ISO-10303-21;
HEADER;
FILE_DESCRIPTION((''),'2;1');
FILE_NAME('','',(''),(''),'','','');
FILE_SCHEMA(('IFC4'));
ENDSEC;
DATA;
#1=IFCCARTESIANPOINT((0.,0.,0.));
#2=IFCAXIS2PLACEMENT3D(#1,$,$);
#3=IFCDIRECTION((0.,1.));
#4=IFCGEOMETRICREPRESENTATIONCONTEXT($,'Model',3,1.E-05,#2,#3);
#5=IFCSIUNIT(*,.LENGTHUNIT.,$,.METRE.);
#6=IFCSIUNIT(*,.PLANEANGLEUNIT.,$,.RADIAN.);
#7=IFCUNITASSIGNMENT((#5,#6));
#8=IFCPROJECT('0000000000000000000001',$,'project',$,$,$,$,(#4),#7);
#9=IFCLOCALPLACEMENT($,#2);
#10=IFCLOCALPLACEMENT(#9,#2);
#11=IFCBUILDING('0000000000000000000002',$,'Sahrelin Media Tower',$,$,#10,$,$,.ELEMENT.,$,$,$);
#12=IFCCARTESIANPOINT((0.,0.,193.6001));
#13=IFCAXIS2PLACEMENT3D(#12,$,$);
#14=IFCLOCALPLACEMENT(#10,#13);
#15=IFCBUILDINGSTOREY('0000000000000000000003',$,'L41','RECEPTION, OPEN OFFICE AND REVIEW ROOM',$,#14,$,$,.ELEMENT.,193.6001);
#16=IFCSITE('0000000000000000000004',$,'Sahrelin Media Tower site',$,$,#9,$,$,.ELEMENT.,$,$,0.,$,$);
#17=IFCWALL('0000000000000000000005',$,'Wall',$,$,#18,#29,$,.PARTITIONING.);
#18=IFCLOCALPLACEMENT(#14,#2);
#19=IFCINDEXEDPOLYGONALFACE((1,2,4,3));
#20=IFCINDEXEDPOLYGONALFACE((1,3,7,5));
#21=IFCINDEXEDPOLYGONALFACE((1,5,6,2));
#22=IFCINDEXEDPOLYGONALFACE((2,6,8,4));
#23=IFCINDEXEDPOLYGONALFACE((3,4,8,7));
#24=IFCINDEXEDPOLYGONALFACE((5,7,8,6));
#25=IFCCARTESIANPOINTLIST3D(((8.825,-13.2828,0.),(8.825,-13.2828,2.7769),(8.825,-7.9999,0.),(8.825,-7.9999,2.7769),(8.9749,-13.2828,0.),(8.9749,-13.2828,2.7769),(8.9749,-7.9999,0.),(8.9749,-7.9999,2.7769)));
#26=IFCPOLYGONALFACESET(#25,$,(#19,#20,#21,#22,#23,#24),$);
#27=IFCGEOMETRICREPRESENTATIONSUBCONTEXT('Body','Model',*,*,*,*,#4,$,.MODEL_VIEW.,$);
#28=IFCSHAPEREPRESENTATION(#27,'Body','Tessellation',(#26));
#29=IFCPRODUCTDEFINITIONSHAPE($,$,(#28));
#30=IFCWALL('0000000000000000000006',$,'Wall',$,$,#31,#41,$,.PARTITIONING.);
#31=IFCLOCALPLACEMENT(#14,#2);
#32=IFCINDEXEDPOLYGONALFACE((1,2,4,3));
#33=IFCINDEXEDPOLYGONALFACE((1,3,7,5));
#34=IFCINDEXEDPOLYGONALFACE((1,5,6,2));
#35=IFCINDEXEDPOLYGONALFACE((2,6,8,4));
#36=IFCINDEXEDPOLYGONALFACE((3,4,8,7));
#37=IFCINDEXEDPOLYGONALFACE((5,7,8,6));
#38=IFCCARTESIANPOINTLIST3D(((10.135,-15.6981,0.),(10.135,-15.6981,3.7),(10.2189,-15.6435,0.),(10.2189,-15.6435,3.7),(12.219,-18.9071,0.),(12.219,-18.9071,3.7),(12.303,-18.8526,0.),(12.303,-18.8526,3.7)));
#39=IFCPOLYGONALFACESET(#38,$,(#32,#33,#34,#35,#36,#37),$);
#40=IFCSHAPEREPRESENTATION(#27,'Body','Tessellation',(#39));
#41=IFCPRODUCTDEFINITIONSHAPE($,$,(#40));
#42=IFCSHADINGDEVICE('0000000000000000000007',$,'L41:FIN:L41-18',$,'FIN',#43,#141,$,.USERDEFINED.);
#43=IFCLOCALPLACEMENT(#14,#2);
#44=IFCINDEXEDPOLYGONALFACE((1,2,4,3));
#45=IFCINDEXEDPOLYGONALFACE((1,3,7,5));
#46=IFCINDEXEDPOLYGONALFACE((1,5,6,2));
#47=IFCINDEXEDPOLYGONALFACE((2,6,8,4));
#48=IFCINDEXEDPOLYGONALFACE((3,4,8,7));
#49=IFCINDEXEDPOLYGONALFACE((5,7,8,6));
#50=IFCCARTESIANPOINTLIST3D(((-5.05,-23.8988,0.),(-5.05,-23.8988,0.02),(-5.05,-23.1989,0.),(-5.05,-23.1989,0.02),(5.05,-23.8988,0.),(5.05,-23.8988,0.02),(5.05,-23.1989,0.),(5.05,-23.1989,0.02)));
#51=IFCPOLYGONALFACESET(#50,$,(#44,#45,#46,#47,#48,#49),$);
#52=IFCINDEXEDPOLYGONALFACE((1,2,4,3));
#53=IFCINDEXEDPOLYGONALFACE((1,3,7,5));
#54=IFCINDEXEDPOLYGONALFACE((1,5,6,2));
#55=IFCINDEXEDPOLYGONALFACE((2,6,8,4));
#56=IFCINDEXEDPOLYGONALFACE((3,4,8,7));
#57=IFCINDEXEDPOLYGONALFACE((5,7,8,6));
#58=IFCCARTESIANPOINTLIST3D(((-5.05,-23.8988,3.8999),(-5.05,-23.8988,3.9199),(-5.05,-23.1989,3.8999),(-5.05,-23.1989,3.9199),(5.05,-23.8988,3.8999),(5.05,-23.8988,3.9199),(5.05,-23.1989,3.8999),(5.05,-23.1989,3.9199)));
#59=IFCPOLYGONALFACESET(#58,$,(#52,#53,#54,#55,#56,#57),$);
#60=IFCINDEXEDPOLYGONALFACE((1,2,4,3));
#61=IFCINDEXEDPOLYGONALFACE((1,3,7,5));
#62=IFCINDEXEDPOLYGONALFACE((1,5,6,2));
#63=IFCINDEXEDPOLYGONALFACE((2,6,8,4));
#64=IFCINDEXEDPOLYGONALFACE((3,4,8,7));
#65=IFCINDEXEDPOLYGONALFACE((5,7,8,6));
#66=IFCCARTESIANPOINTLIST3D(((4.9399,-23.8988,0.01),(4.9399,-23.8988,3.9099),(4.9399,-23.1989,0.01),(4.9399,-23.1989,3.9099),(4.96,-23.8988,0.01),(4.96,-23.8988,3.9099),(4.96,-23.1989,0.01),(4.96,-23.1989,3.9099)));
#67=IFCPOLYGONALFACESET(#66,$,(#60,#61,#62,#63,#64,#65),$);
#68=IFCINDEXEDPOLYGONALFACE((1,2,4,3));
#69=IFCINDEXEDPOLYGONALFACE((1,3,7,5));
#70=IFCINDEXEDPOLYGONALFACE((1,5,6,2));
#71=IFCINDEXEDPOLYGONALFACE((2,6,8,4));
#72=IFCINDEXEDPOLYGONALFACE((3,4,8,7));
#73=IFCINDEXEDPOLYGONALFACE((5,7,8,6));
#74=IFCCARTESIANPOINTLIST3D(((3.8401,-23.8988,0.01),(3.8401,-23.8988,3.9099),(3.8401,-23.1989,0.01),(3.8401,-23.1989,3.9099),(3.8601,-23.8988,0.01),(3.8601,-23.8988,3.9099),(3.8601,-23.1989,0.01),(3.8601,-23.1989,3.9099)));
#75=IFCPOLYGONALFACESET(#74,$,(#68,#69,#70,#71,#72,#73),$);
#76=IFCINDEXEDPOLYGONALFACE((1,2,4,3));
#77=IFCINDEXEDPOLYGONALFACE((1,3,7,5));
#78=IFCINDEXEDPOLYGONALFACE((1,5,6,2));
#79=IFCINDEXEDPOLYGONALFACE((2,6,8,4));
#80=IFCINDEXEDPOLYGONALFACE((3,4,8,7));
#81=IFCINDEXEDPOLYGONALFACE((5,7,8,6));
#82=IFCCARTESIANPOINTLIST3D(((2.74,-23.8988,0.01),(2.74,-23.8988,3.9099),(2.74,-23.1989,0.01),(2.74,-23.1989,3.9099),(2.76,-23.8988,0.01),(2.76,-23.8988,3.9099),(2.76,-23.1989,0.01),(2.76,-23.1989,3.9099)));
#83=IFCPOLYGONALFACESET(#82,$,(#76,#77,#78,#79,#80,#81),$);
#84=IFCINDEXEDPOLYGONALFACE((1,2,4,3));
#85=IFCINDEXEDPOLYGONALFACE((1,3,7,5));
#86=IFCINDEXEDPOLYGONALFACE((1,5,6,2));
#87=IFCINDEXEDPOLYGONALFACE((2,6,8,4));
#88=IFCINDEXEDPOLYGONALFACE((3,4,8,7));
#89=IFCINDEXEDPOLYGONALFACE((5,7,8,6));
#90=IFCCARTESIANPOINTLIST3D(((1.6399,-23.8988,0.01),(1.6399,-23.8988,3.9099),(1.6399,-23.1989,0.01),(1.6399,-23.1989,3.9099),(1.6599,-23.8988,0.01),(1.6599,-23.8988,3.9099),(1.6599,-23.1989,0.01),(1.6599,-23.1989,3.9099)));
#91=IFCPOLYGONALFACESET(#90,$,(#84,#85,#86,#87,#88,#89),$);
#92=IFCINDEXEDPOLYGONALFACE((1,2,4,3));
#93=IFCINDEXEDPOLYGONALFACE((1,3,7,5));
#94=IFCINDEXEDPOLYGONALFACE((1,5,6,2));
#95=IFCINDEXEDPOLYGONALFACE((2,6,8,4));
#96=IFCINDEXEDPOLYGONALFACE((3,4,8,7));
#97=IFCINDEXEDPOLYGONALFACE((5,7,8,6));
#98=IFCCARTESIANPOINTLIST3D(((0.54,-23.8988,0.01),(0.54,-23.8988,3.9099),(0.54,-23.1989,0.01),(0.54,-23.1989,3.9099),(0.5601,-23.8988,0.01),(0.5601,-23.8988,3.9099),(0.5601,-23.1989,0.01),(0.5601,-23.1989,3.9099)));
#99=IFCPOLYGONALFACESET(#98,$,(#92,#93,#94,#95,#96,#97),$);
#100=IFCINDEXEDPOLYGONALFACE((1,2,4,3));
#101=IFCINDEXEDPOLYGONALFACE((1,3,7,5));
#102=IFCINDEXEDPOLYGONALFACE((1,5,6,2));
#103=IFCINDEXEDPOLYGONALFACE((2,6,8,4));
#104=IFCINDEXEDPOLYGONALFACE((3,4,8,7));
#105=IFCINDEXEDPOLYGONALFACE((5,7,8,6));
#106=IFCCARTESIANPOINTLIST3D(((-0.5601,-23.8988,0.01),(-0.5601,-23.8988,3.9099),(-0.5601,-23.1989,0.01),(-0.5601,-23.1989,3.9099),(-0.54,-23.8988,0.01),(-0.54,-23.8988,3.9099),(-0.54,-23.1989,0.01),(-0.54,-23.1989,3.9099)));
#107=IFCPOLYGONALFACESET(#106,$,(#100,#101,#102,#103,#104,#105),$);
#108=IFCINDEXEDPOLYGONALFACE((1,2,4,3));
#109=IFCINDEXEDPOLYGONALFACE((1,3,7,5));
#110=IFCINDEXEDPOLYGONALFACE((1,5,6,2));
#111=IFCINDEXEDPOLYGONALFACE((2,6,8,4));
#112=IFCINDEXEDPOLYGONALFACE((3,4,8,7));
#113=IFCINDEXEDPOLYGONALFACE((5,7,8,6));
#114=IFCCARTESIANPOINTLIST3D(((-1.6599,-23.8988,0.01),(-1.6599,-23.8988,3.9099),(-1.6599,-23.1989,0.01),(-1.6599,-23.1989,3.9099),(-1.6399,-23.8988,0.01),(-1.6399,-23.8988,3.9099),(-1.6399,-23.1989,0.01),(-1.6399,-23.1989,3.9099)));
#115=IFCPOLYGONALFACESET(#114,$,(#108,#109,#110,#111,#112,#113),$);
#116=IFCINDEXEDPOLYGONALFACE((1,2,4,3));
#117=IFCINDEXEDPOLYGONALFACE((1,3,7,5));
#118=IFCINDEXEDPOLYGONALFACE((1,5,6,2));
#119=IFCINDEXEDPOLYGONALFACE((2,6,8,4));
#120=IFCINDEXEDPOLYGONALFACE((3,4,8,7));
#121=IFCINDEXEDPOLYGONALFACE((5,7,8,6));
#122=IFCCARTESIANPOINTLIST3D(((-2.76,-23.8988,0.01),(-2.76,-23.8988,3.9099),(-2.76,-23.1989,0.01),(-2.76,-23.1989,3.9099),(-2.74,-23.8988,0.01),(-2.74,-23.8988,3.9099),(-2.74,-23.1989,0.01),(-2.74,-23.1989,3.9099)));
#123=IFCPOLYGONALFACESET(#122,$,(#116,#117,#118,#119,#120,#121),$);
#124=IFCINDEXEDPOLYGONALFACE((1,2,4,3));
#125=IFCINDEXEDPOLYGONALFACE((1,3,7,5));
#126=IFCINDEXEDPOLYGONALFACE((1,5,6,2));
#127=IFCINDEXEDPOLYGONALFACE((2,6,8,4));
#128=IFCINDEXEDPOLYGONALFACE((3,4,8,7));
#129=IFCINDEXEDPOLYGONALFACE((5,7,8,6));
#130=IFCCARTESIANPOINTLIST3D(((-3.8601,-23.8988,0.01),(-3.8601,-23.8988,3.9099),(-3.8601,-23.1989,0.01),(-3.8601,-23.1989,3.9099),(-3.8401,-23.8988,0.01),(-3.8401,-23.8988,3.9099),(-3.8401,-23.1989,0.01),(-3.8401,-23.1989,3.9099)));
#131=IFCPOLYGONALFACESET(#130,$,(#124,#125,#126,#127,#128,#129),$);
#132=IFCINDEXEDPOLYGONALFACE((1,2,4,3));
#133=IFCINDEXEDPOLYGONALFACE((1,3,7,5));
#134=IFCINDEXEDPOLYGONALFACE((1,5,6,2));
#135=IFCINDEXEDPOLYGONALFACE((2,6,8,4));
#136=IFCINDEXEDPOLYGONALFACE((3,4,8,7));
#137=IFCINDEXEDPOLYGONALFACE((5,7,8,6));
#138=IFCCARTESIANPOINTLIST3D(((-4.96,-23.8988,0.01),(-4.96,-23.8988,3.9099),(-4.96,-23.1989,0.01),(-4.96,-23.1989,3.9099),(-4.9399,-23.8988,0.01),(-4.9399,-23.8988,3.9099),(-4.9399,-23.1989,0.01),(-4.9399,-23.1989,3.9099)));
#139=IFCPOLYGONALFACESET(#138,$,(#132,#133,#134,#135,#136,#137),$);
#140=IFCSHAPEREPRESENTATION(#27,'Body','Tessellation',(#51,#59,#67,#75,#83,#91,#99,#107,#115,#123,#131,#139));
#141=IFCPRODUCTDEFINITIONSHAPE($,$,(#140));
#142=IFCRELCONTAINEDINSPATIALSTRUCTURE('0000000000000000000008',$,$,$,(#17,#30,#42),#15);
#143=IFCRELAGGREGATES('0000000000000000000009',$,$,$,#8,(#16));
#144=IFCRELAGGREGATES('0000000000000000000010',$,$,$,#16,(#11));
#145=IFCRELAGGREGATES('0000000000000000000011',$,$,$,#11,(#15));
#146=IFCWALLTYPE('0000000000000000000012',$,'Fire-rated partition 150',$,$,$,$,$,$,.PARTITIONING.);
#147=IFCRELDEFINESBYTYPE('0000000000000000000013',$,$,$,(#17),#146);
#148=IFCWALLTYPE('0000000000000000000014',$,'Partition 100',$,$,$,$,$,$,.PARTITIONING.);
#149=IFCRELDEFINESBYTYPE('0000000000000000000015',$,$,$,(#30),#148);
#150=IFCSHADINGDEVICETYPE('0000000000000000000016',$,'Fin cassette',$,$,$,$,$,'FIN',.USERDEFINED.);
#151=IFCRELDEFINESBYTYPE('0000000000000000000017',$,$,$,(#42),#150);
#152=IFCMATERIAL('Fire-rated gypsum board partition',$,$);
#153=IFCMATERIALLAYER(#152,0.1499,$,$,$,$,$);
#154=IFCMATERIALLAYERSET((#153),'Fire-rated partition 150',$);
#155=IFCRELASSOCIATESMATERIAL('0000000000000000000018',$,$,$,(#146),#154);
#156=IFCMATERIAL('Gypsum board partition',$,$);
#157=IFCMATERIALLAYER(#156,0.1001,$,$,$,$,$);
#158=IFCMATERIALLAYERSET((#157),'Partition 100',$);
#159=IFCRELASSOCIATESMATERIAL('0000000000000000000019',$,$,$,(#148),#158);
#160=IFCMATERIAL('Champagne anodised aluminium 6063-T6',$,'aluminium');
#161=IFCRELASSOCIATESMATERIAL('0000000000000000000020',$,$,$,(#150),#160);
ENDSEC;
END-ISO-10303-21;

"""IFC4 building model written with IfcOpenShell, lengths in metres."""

from ifc_helpers import new_model, si_unit, direction, frame, frame_2d, origin, origin_2d, place, context, subcontext, project, spatial, rectangle, extrude, material, layer, layer_set, type_object, element, save


model = new_model("IFC4")

# Units and contexts
model_context = context("Model", 3, precision=1e-05, world=origin(), true_north=direction((0.0, 1.0)))
body_context = subcontext(model_context, "Body", "Model", "MODEL_VIEW")
ifc_project = project(units=[si_unit("LENGTHUNIT", "METRE"), si_unit("PLANEANGLEUNIT", "RADIAN")], contexts=[model_context])

# Site, building, storey
site_placement = place(None, origin())
site = spatial("IfcSite", under=ifc_project, at=site_placement, Name="Sahrelin Media Tower site", CompositionType="ELEMENT", RefElevation=0.0)
building_placement = place(site_placement, origin())
building = spatial("IfcBuilding", under=site, at=building_placement, Name="Sahrelin Media Tower", CompositionType="ELEMENT")
storey_placement = place(building_placement, frame((0.0, 0.0, 193.6001)))
storey = spatial("IfcBuildingStorey", under=building, at=storey_placement, Name="L41", Description="RECEPTION, OPEN OFFICE AND REVIEW ROOM", CompositionType="ELEMENT", Elevation=193.6001)

# Shared definitions
ifc_material_1 = material(Name="Champagne anodised aluminium 6063-T6", Category="aluminium")

# Walls
ifc_material_2 = material(Name="Fire-rated gypsum board partition")
ifc_layer_1 = layer(ifc_material_2, 0.1499)
ifc_layer_set_1 = layer_set([ifc_layer_1], Name="Fire-rated partition 150")
wall_type_1 = type_object("IfcWallType", Name="Fire-rated partition 150", PredefinedType="PARTITIONING", material=ifc_layer_set_1)
wall_1_placement = place(storey_placement, frame((8.8999, -13.283, 0.0), z_axis=(0.0, 0.0, 1.0), x_axis=(0.0, 1.0, 0.0)))
element("IfcWall", 1, at=wall_1_placement, inside=storey, type_object=wall_type_1, Name="Wall", PredefinedType="PARTITIONING", context=body_context, shape_type="SweptSolid", body=[
    extrude(rectangle(XDim=5.283, YDim=0.1499, at=frame_2d((2.6416, 0.0))), origin(), (0.0, 0.0, 1.0), 2.7769),
])
ifc_material_3 = material(Name="Gypsum board partition")
ifc_layer_2 = layer(ifc_material_3, 0.1001)
ifc_layer_set_2 = layer_set([ifc_layer_2], Name="Partition 100")
wall_type_2 = type_object("IfcWallType", Name="Partition 100", PredefinedType="PARTITIONING", material=ifc_layer_set_2)
wall_2_placement = place(storey_placement, frame((10.177, -15.6709, 0.0), z_axis=(0.0, 0.0, 1.0), x_axis=(0.544647, -0.838665, 0.0)))
element("IfcWall", 2, at=wall_2_placement, inside=storey, type_object=wall_type_2, Name="Wall", PredefinedType="PARTITIONING", context=body_context, shape_type="SweptSolid", body=[
    extrude(rectangle(XDim=3.8264, YDim=0.1001, at=frame_2d((1.9131, 0.0))), origin(), (0.0, 0.0, 1.0), 3.7),
])

# Shading device
shading_device_type_1 = type_object("IfcShadingDeviceType", Name="Fin cassette", ElementType="FIN", PredefinedType="USERDEFINED", material=ifc_material_1)
placement_1 = place(storey_placement, frame((0.0, -23.1289, 0.0), z_axis=(0.0, 0.0, 1.0), x_axis=(-1.0, 0.0, 0.0)))
element("IfcShadingDevice", 3, at=placement_1, inside=storey, type_object=shading_device_type_1, Name="L41:FIN:L41-18", ObjectType="FIN", PredefinedType="USERDEFINED", context=body_context, shape_type="SweptSolid", body=[
    extrude(rectangle(XDim=10.1001, YDim=0.7, at=origin_2d()), frame((0.0, 0.4199, 0.0)), (0.0, 0.0, 1.0), 0.02),
    extrude(rectangle(XDim=10.1001, YDim=0.7, at=origin_2d()), frame((0.0, 0.4199, 3.8999)), (0.0, 0.0, 1.0), 0.02),
    extrude(rectangle(XDim=0.02, YDim=0.7, at=origin_2d()), frame((-4.95, 0.4199, 0.01), z_axis=(0.0, 0.0, 1.0), x_axis=(1.0, 0.0, 0.0)), (0.0, 0.0, 1.0), 3.8999),
    extrude(rectangle(XDim=0.02, YDim=0.7, at=origin_2d()), frame((-3.8501, 0.4199, 0.01), z_axis=(0.0, 0.0, 1.0), x_axis=(1.0, 0.0, 0.0)), (0.0, 0.0, 1.0), 3.8999),
    extrude(rectangle(XDim=0.02, YDim=0.7, at=origin_2d()), frame((-2.75, 0.4199, 0.01), z_axis=(0.0, 0.0, 1.0), x_axis=(1.0, 0.0, 0.0)), (0.0, 0.0, 1.0), 3.8999),
    extrude(rectangle(XDim=0.02, YDim=0.7, at=origin_2d()), frame((-1.6499, 0.4199, 0.01), z_axis=(0.0, 0.0, 1.0), x_axis=(1.0, 0.0, 0.0)), (0.0, 0.0, 1.0), 3.8999),
    extrude(rectangle(XDim=0.02, YDim=0.7, at=origin_2d()), frame((-0.55, 0.4199, 0.01), z_axis=(0.0, 0.0, 1.0), x_axis=(1.0, 0.0, 0.0)), (0.0, 0.0, 1.0), 3.8999),
    extrude(rectangle(XDim=0.02, YDim=0.7, at=origin_2d()), frame((0.55, 0.4199, 0.01), z_axis=(0.0, 0.0, 1.0), x_axis=(1.0, 0.0, 0.0)), (0.0, 0.0, 1.0), 3.8999),
    extrude(rectangle(XDim=0.02, YDim=0.7, at=origin_2d()), frame((1.6499, 0.4199, 0.01), z_axis=(0.0, 0.0, 1.0), x_axis=(1.0, 0.0, 0.0)), (0.0, 0.0, 1.0), 3.8999),
    extrude(rectangle(XDim=0.02, YDim=0.7, at=origin_2d()), frame((2.75, 0.4199, 0.01), z_axis=(0.0, 0.0, 1.0), x_axis=(1.0, 0.0, 0.0)), (0.0, 0.0, 1.0), 3.8999),
    extrude(rectangle(XDim=0.02, YDim=0.7, at=origin_2d()), frame((3.8501, 0.4199, 0.01), z_axis=(0.0, 0.0, 1.0), x_axis=(1.0, 0.0, 0.0)), (0.0, 0.0, 1.0), 3.8999),
    extrude(rectangle(XDim=0.02, YDim=0.7, at=origin_2d()), frame((4.95, 0.4199, 0.01), z_axis=(0.0, 0.0, 1.0), x_axis=(1.0, 0.0, 0.0)), (0.0, 0.0, 1.0), 3.8999),
])

save(model, "model.ifc")
